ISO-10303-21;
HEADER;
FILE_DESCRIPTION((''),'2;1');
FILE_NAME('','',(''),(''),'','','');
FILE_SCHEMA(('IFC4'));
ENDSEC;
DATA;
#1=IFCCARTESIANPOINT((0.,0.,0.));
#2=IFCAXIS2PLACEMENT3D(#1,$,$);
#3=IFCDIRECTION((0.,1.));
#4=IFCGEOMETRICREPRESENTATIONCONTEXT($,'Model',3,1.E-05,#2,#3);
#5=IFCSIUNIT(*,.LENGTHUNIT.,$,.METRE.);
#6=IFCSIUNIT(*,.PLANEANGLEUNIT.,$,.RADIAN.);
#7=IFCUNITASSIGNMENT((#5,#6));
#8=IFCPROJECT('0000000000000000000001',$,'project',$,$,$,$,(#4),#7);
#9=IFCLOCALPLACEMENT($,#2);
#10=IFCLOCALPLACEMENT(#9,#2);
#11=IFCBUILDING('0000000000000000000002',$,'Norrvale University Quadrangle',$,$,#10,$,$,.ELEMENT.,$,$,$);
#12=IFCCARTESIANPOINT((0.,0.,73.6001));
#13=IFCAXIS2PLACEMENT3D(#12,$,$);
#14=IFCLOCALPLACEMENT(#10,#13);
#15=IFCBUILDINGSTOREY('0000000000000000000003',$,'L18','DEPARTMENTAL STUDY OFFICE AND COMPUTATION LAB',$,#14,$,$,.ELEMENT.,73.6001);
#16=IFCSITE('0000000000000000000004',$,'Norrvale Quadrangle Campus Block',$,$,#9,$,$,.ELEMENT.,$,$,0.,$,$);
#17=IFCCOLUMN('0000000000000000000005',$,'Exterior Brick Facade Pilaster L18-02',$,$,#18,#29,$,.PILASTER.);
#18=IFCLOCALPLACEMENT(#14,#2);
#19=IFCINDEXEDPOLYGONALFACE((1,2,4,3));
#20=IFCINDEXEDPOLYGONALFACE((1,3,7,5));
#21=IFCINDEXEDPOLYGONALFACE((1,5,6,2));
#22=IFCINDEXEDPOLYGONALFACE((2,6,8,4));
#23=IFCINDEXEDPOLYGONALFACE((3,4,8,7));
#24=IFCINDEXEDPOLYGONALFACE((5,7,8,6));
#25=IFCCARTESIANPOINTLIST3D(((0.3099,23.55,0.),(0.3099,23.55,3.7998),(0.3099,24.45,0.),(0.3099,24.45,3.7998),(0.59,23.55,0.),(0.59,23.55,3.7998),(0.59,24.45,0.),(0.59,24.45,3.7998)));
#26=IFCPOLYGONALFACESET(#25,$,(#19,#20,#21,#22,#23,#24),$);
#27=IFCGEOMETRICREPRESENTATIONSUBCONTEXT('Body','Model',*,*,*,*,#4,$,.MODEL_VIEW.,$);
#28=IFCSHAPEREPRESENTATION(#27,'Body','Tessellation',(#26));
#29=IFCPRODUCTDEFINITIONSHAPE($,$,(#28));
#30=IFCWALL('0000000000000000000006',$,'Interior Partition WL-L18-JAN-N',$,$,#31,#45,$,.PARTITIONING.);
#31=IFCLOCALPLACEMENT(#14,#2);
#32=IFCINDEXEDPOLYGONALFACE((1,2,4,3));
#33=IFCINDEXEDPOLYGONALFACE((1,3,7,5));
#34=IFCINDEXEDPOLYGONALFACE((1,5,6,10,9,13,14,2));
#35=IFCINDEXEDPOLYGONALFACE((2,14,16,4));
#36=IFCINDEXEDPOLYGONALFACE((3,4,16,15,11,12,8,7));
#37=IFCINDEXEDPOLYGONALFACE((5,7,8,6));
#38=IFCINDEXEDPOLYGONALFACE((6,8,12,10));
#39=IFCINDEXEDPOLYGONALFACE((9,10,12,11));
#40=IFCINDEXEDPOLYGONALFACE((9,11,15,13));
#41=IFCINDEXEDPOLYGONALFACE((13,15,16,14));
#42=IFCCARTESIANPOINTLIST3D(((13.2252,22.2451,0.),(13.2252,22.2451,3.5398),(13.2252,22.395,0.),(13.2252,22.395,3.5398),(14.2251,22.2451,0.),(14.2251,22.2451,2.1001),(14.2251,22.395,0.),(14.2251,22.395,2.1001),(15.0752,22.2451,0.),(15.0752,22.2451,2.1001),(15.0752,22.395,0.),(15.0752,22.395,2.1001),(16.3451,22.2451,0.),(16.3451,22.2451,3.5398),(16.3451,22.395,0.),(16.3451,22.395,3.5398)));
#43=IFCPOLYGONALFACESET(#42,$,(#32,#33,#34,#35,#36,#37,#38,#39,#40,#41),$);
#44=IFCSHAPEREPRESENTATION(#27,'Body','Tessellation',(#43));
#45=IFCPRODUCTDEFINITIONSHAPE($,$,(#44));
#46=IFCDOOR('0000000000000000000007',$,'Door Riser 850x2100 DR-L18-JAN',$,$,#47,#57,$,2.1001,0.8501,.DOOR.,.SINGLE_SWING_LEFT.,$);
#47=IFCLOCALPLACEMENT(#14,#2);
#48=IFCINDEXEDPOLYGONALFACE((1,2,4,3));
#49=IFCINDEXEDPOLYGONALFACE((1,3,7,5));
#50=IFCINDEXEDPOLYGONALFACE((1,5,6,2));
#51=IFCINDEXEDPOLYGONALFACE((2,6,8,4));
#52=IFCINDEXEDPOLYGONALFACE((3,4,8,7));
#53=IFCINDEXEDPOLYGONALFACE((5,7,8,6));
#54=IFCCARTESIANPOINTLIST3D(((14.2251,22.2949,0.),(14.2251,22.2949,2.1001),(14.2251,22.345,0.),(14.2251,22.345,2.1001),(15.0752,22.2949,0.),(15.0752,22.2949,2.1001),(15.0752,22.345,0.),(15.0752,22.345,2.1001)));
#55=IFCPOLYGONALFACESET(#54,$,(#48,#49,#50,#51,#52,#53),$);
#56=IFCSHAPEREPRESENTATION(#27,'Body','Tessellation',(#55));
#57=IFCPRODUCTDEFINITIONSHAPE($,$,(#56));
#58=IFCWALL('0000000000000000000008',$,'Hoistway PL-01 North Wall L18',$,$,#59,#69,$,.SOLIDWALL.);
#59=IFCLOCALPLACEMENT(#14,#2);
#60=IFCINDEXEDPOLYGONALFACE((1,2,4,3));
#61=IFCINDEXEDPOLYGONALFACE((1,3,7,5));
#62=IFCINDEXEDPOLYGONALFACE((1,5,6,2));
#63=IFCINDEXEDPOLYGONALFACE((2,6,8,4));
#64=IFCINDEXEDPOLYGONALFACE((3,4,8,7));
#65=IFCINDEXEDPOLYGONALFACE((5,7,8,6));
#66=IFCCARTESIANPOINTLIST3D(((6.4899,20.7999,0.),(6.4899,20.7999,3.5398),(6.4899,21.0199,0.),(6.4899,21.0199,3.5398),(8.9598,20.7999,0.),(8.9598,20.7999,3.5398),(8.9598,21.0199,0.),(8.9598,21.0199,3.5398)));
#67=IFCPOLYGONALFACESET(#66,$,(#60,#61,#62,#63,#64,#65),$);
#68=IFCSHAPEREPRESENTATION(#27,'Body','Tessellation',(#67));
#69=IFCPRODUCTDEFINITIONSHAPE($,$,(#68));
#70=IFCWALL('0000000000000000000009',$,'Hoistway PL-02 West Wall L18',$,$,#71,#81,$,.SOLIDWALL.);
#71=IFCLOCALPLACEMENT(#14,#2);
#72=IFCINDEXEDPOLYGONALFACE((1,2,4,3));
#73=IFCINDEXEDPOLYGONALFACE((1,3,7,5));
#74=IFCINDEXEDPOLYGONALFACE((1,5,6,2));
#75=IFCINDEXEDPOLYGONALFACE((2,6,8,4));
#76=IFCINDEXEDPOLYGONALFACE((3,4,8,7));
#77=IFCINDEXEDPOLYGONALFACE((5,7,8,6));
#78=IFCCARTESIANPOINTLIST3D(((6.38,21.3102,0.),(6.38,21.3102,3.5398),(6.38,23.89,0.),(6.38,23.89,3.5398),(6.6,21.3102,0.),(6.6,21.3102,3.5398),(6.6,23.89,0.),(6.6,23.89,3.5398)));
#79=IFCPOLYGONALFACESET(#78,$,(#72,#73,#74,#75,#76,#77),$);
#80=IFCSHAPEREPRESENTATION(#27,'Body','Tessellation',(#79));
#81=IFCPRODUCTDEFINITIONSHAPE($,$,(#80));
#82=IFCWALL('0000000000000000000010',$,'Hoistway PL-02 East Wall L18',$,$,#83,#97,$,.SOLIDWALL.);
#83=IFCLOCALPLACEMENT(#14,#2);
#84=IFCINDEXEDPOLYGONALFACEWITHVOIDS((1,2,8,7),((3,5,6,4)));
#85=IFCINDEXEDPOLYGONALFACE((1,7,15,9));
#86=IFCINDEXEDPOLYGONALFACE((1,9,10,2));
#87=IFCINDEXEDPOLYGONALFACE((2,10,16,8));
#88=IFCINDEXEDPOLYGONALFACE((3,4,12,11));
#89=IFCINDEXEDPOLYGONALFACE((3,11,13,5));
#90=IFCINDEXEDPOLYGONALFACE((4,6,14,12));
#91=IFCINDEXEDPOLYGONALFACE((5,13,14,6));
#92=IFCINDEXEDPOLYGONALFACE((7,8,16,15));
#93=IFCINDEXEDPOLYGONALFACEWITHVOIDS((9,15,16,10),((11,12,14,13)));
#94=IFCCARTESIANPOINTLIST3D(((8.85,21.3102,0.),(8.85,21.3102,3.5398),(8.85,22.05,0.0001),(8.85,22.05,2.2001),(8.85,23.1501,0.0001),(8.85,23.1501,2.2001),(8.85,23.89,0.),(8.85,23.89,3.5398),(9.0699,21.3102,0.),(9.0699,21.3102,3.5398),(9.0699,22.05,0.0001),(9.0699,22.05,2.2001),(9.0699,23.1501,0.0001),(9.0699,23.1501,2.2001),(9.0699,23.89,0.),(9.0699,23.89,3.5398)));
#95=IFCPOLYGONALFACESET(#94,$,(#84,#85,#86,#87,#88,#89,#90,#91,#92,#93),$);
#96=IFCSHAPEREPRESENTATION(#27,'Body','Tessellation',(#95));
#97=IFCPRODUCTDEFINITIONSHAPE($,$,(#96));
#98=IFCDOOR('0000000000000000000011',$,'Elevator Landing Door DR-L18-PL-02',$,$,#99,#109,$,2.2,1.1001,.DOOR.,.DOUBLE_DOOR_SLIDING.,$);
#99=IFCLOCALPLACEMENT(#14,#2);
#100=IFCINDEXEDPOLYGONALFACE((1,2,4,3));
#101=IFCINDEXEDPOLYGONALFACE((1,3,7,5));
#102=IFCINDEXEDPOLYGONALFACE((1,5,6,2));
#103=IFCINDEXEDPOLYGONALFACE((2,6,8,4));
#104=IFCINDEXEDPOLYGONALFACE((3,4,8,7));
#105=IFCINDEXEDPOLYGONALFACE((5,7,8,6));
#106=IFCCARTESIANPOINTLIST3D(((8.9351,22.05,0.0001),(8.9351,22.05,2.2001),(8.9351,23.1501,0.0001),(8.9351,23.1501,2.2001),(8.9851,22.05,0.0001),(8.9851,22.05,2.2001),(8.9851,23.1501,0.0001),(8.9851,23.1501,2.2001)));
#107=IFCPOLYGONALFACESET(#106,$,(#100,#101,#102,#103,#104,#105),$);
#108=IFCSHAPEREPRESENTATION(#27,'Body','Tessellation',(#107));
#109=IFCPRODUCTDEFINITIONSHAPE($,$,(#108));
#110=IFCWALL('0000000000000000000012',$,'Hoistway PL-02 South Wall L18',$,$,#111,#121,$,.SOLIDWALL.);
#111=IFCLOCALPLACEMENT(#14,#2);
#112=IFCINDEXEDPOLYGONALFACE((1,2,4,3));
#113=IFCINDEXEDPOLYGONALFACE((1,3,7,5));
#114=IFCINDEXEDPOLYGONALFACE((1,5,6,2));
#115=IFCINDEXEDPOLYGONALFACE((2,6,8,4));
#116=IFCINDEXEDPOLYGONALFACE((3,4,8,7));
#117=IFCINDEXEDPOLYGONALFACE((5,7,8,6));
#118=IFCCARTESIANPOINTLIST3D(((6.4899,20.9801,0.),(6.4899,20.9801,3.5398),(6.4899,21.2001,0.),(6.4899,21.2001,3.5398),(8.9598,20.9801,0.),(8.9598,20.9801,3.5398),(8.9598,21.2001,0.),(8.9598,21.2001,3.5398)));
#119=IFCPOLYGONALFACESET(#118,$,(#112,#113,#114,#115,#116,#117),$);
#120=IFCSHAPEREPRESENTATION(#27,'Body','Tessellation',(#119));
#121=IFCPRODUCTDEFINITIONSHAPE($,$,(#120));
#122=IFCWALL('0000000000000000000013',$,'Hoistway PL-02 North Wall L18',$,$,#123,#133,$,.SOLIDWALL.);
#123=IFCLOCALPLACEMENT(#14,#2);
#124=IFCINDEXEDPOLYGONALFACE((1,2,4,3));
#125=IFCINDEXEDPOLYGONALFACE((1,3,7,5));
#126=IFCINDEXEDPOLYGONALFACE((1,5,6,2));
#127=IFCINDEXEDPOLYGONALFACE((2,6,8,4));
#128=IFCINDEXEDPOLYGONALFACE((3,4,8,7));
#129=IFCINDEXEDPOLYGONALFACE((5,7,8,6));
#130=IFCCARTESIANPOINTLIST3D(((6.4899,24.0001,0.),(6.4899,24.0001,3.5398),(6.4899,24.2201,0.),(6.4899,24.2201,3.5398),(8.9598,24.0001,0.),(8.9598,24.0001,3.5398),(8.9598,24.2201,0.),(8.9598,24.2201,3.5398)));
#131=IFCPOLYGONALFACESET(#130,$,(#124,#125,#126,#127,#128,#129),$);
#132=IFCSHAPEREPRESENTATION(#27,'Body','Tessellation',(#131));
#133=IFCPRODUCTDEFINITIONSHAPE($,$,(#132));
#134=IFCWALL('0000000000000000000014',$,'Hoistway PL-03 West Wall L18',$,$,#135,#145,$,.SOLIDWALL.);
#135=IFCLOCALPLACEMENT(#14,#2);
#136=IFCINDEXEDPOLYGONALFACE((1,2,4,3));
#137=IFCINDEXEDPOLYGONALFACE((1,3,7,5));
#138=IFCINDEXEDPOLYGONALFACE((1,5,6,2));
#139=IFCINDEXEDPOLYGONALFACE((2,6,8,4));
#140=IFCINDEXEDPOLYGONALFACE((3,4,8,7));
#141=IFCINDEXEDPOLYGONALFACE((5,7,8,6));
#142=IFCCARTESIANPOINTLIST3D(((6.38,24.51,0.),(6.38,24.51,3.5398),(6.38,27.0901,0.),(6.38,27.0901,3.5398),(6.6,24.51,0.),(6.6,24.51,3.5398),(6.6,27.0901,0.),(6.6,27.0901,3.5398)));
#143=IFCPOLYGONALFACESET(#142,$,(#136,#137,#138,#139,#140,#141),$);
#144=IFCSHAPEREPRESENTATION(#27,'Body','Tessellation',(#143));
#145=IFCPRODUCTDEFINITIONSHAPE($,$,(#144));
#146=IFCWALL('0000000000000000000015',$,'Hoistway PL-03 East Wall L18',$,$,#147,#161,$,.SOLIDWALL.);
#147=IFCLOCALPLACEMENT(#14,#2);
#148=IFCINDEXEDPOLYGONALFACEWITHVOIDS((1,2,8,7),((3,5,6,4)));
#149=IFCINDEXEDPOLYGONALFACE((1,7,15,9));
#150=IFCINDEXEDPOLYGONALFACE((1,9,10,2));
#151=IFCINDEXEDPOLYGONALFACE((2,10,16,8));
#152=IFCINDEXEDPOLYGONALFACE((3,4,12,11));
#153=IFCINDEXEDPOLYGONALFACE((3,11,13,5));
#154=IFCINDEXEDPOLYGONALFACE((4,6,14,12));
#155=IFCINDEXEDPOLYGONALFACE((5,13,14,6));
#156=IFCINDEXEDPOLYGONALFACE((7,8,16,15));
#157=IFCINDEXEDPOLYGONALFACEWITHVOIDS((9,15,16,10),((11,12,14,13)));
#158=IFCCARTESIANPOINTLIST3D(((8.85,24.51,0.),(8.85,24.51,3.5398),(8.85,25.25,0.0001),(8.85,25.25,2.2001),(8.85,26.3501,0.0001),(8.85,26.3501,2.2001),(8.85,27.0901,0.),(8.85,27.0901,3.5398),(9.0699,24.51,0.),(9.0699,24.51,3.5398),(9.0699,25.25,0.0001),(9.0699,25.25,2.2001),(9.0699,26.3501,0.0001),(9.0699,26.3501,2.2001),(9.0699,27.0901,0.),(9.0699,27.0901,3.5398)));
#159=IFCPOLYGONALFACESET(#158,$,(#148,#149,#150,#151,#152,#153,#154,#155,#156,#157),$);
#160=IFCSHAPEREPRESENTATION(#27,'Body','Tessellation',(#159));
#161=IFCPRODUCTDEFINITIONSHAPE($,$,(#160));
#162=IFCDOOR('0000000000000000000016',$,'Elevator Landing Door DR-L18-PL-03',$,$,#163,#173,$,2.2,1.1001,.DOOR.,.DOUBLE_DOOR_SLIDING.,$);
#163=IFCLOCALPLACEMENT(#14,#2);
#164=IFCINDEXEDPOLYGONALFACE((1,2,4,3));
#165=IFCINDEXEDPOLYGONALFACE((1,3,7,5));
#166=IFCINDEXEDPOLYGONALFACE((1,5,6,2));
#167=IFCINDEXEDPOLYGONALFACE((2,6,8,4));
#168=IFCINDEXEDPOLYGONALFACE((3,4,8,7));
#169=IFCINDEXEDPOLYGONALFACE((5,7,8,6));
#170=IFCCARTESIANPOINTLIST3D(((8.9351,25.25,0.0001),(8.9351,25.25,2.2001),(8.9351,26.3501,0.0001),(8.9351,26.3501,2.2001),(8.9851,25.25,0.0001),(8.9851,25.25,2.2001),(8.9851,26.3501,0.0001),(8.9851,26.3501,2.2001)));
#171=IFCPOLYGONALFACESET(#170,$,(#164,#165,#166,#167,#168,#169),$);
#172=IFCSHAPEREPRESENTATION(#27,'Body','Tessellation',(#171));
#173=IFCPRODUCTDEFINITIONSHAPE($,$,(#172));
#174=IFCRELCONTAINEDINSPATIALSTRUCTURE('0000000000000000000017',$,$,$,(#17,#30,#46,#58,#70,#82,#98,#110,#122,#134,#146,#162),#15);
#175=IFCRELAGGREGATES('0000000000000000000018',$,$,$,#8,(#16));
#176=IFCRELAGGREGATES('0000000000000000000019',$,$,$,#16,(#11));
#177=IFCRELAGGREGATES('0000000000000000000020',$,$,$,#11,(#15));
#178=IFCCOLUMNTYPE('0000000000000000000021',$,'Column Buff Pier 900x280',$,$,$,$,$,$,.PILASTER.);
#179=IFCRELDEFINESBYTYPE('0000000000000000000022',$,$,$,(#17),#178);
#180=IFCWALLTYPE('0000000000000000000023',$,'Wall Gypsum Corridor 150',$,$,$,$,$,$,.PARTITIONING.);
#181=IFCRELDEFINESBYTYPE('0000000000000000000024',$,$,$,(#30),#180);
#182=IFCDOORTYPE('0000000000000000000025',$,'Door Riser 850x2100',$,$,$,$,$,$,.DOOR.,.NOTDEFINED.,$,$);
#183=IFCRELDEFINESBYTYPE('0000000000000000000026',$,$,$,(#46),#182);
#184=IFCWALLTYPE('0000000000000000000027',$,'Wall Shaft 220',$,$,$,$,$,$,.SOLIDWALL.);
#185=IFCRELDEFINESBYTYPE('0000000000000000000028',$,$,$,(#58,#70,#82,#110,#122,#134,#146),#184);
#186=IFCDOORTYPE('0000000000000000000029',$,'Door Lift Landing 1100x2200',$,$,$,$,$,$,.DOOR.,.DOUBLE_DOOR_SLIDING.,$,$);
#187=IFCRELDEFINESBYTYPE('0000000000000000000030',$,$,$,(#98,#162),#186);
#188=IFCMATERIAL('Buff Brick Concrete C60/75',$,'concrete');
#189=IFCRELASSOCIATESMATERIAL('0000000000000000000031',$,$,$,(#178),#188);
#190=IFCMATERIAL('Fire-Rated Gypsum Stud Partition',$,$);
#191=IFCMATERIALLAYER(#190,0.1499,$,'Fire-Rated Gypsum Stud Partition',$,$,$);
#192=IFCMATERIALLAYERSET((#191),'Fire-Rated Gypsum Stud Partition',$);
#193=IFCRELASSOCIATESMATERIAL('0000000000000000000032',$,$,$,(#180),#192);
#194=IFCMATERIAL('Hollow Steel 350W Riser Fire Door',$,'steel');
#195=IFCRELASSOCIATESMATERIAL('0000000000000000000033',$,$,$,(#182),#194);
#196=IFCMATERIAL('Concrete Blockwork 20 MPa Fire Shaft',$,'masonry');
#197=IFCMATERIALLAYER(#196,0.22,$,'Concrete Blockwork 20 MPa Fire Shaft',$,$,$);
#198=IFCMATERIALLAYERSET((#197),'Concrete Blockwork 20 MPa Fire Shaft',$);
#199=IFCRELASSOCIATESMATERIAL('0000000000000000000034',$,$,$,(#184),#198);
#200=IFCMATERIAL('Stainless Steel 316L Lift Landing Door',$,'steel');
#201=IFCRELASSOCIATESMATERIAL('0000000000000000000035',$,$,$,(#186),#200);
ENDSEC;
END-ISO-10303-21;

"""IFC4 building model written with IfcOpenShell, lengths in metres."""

from ifc_helpers import new_model, si_unit, direction, frame, frame_2d, origin, origin_2d, place, context, subcontext, project, spatial, rectangle, extrude, material, layer, layer_set, material_profile, profile_set, type_object, element, fill, save


model = new_model("IFC4")

# Units and contexts
model_context = context("Model", 3, precision=1e-05, world=origin(), true_north=direction((0.0, 1.0)))
body_context = subcontext(model_context, "Body", "Model", "MODEL_VIEW")
ifc_project = project(units=[si_unit("LENGTHUNIT", "METRE"), si_unit("PLANEANGLEUNIT", "RADIAN")], contexts=[model_context])

# Site, building, storey
site_placement = place(None, origin())
site = spatial("IfcSite", under=ifc_project, at=site_placement, Name="Norrvale Quadrangle Campus Block", CompositionType="ELEMENT", RefElevation=0.0)
building_placement = place(site_placement, origin())
building = spatial("IfcBuilding", under=site, at=building_placement, Name="Norrvale University Quadrangle", CompositionType="ELEMENT")
storey_placement = place(building_placement, frame((0.0, 0.0, 73.6001)))
storey = spatial("IfcBuildingStorey", under=building, at=storey_placement, Name="L18", Description="DEPARTMENTAL STUDY OFFICE AND COMPUTATION LAB", CompositionType="ELEMENT", Elevation=73.6001)

# Column
ifc_material_1 = material(Name="Buff Brick Concrete C60/75", Category="concrete")
ifc_material_profile = material_profile(ifc_material_1, rectangle(XDim=0.8999, YDim=0.28, at=origin_2d()), Name="Buff Brick Concrete C60/75")
ifc_profile_set = profile_set([ifc_material_profile], Name="Buff Brick Concrete C60/75")
column_type = type_object("IfcColumnType", Name="Column Buff Pier 900x280", PredefinedType="PILASTER", material=ifc_profile_set)
column_placement = place(storey_placement, frame((0.45, 24.0, 0.0), z_axis=(0.0, 0.0, 1.0), x_axis=(0.0, 1.0, 0.0)))
element("IfcColumn", 1, at=column_placement, inside=storey, type_object=column_type, Name="Exterior Brick Facade Pilaster L18-02", PredefinedType="PILASTER", context=body_context, shape_type="SweptSolid", body=[
    extrude(rectangle(XDim=0.8999, YDim=0.28, at=origin_2d()), origin(), (0.0, 0.0, 1.0), 3.7998),
])

# Wall, opening, door
ifc_material_2 = material(Name="Fire-Rated Gypsum Stud Partition")
ifc_layer_1 = layer(ifc_material_2, 0.1499, Name="Fire-Rated Gypsum Stud Partition")
ifc_layer_set_1 = layer_set([ifc_layer_1], Name="Fire-Rated Gypsum Stud Partition")
wall_type_1 = type_object("IfcWallType", Name="Wall Gypsum Corridor 150", PredefinedType="PARTITIONING", material=ifc_layer_set_1)
wall_1_placement = place(storey_placement, frame((13.2251, 22.3201, 0.0), z_axis=(0.0, 0.0, 1.0), x_axis=(1.0, 0.0, 0.0)))
wall_1 = element("IfcWall", 2, at=wall_1_placement, inside=storey, type_object=wall_type_1, Name="Interior Partition WL-L18-JAN-N", PredefinedType="PARTITIONING", context=body_context, shape_type="SweptSolid", body=[
    extrude(rectangle(XDim=3.1199, YDim=0.1499, at=frame_2d((1.5601, 0.0))), origin(), (0.0, 0.0, 1.0), 3.5398),
])
opening_1_placement = place(wall_1_placement, frame((1.0, 0.0, 0.0)))
opening_1 = element("IfcOpeningElement", 3, at=opening_1_placement, cuts=wall_1, PredefinedType="OPENING", context=body_context, shape_type="SweptSolid", body=[
    extrude(rectangle(XDim=0.8501, YDim=2.1001, at=frame_2d((0.425, 1.05))), frame((0.0, 0.0869, 0.0), z_axis=(0.0, -1.0, 0.0), x_axis=(1.0, 0.0, 0.0)), (0.0, 0.0, 1.0), 0.1738),
])
ifc_material_3 = material(Name="Hollow Steel 350W Riser Fire Door", Category="steel")
door_type_1 = type_object("IfcDoorType", Name="Door Riser 850x2100", OperationType="NOTDEFINED", PredefinedType="DOOR", material=ifc_material_3)
door_1_placement = place(opening_1_placement, origin())
door_1 = element("IfcDoor", 4, at=door_1_placement, inside=storey, type_object=door_type_1, Name="Door Riser 850x2100 DR-L18-JAN", OperationType="SINGLE_SWING_LEFT", OverallHeight=2.1001, OverallWidth=0.8501, PredefinedType="DOOR", context=body_context, shape_type="SweptSolid", body=[
    extrude(rectangle(XDim=0.8501, YDim=2.1001, at=frame_2d((0.425, 1.05))), frame((0.0, 0.0249, 0.0), z_axis=(0.0, -1.0, 0.0), x_axis=(1.0, 0.0, 0.0)), (0.0, 0.0, 1.0), 0.05),
])
fill(opening_1, door_1)

# Walls
ifc_material_4 = material(Name="Concrete Blockwork 20 MPa Fire Shaft", Category="masonry")
ifc_layer_2 = layer(ifc_material_4, 0.22, Name="Concrete Blockwork 20 MPa Fire Shaft")
ifc_layer_set_2 = layer_set([ifc_layer_2], Name="Concrete Blockwork 20 MPa Fire Shaft")
wall_type_2 = type_object("IfcWallType", Name="Wall Shaft 220", PredefinedType="SOLIDWALL", material=ifc_layer_set_2)
wall_2_placement = place(storey_placement, frame((6.49, 20.9099, 0.0), z_axis=(0.0, 0.0, 1.0), x_axis=(1.0, 0.0, 0.0)))
element("IfcWall", 5, at=wall_2_placement, inside=storey, type_object=wall_type_2, Name="Hoistway PL-01 North Wall L18", PredefinedType="SOLIDWALL", context=body_context, shape_type="SweptSolid", body=[
    extrude(rectangle(XDim=2.47, YDim=0.22, at=frame_2d((1.2349, 0.0))), origin(), (0.0, 0.0, 1.0), 3.5398),
])
wall_3_placement = place(storey_placement, frame((6.49, 21.3101, 0.0), z_axis=(0.0, 0.0, 1.0), x_axis=(0.0, 1.0, 0.0)))
element("IfcWall", 6, at=wall_3_placement, inside=storey, type_object=wall_type_2, Name="Hoistway PL-02 West Wall L18", PredefinedType="SOLIDWALL", context=body_context, shape_type="SweptSolid", body=[
    extrude(rectangle(XDim=2.5798, YDim=0.22, at=frame_2d((1.29, 0.0))), origin(), (0.0, 0.0, 1.0), 3.5398),
])

# Wall, opening, door
wall_4_placement = place(storey_placement, frame((8.96, 21.3101, 0.0), z_axis=(0.0, 0.0, 1.0), x_axis=(0.0, 1.0, 0.0)))
wall_4 = element("IfcWall", 7, at=wall_4_placement, inside=storey, type_object=wall_type_2, Name="Hoistway PL-02 East Wall L18", PredefinedType="SOLIDWALL", context=body_context, shape_type="SweptSolid", body=[
    extrude(rectangle(XDim=2.5798, YDim=0.22, at=frame_2d((1.29, 0.0))), origin(), (0.0, 0.0, 1.0), 3.5398),
])
opening_2_placement = place(wall_4_placement, frame((0.74, 0.0, 0.0)))
opening_2 = element("IfcOpeningElement", 8, at=opening_2_placement, cuts=wall_4, PredefinedType="OPENING", context=body_context, shape_type="SweptSolid", body=[
    extrude(rectangle(XDim=1.1001, YDim=2.2, at=frame_2d((0.55, 1.1001))), frame((0.0, 0.1221, 0.0), z_axis=(0.0, -1.0, 0.0), x_axis=(1.0, 0.0, 0.0)), (0.0, 0.0, 1.0), 0.2439),
])
ifc_material_5 = material(Name="Stainless Steel 316L Lift Landing Door", Category="steel")
door_type_2 = type_object("IfcDoorType", Name="Door Lift Landing 1100x2200", OperationType="DOUBLE_DOOR_SLIDING", PredefinedType="DOOR", material=ifc_material_5)
door_2_placement = place(opening_2_placement, origin())
door_2 = element("IfcDoor", 9, at=door_2_placement, inside=storey, type_object=door_type_2, Name="Elevator Landing Door DR-L18-PL-02", OperationType="DOUBLE_DOOR_SLIDING", OverallHeight=2.2, OverallWidth=1.1001, PredefinedType="DOOR", context=body_context, shape_type="SweptSolid", body=[
    extrude(rectangle(XDim=1.1001, YDim=2.2, at=frame_2d((0.55, 1.1001))), frame((0.0, 0.0249, 0.0), z_axis=(0.0, -1.0, 0.0), x_axis=(1.0, 0.0, 0.0)), (0.0, 0.0, 1.0), 0.05),
])
fill(opening_2, door_2)

# Walls
for number, where, z_axis, x_axis, name in (
    (10, (6.49, 21.0901, 0.0), (0.0, 0.0, 1.0), (1.0, 0.0, 0.0), "Hoistway PL-02 South Wall L18"),
    (11, (6.49, 24.1101, 0.0), (0.0, 0.0, 1.0), (1.0, 0.0, 0.0), "Hoistway PL-02 North Wall L18"),
):
    element("IfcWall", number, at=place(storey_placement, frame(where, z_axis=z_axis, x_axis=x_axis)), inside=storey, type_object=wall_type_2, Name=name, PredefinedType="SOLIDWALL", context=body_context, shape_type="SweptSolid", body=[
        extrude(rectangle(XDim=2.47, YDim=0.22, at=frame_2d((1.2349, 0.0))), origin(), (0.0, 0.0, 1.0), 3.5398),
    ])
wall_5_placement = place(storey_placement, frame((6.49, 24.51, 0.0), z_axis=(0.0, 0.0, 1.0), x_axis=(0.0, 1.0, 0.0)))
element("IfcWall", 12, at=wall_5_placement, inside=storey, type_object=wall_type_2, Name="Hoistway PL-03 West Wall L18", PredefinedType="SOLIDWALL", context=body_context, shape_type="SweptSolid", body=[
    extrude(rectangle(XDim=2.5801, YDim=0.22, at=frame_2d((1.29, 0.0))), origin(), (0.0, 0.0, 1.0), 3.5398),
])

# Wall, opening, door
wall_6_placement = place(storey_placement, frame((8.96, 24.51, 0.0), z_axis=(0.0, 0.0, 1.0), x_axis=(0.0, 1.0, 0.0)))
wall_6 = element("IfcWall", 13, at=wall_6_placement, inside=storey, type_object=wall_type_2, Name="Hoistway PL-03 East Wall L18", PredefinedType="SOLIDWALL", context=body_context, shape_type="SweptSolid", body=[
    extrude(rectangle(XDim=2.5801, YDim=0.22, at=frame_2d((1.29, 0.0))), origin(), (0.0, 0.0, 1.0), 3.5398),
])
opening_3_placement = place(wall_6_placement, frame((0.74, 0.0, 0.0)))
opening_3 = element("IfcOpeningElement", 14, at=opening_3_placement, cuts=wall_6, PredefinedType="OPENING", context=body_context, shape_type="SweptSolid", body=[
    extrude(rectangle(XDim=1.1001, YDim=2.2, at=frame_2d((0.55, 1.1001))), frame((0.0, 0.1221, 0.0), z_axis=(0.0, -1.0, 0.0), x_axis=(1.0, 0.0, 0.0)), (0.0, 0.0, 1.0), 0.2439),
])
door_3_placement = place(opening_3_placement, origin())
door_3 = element("IfcDoor", 15, at=door_3_placement, inside=storey, type_object=door_type_2, Name="Elevator Landing Door DR-L18-PL-03", OperationType="DOUBLE_DOOR_SLIDING", OverallHeight=2.2, OverallWidth=1.1001, PredefinedType="DOOR", context=body_context, shape_type="SweptSolid", body=[
    extrude(rectangle(XDim=1.1001, YDim=2.2, at=frame_2d((0.55, 1.1001))), frame((0.0, 0.0249, 0.0), z_axis=(0.0, -1.0, 0.0), x_axis=(1.0, 0.0, 0.0)), (0.0, 0.0, 1.0), 0.05),
])
fill(opening_3, door_3)

save(model, "model.ifc")
